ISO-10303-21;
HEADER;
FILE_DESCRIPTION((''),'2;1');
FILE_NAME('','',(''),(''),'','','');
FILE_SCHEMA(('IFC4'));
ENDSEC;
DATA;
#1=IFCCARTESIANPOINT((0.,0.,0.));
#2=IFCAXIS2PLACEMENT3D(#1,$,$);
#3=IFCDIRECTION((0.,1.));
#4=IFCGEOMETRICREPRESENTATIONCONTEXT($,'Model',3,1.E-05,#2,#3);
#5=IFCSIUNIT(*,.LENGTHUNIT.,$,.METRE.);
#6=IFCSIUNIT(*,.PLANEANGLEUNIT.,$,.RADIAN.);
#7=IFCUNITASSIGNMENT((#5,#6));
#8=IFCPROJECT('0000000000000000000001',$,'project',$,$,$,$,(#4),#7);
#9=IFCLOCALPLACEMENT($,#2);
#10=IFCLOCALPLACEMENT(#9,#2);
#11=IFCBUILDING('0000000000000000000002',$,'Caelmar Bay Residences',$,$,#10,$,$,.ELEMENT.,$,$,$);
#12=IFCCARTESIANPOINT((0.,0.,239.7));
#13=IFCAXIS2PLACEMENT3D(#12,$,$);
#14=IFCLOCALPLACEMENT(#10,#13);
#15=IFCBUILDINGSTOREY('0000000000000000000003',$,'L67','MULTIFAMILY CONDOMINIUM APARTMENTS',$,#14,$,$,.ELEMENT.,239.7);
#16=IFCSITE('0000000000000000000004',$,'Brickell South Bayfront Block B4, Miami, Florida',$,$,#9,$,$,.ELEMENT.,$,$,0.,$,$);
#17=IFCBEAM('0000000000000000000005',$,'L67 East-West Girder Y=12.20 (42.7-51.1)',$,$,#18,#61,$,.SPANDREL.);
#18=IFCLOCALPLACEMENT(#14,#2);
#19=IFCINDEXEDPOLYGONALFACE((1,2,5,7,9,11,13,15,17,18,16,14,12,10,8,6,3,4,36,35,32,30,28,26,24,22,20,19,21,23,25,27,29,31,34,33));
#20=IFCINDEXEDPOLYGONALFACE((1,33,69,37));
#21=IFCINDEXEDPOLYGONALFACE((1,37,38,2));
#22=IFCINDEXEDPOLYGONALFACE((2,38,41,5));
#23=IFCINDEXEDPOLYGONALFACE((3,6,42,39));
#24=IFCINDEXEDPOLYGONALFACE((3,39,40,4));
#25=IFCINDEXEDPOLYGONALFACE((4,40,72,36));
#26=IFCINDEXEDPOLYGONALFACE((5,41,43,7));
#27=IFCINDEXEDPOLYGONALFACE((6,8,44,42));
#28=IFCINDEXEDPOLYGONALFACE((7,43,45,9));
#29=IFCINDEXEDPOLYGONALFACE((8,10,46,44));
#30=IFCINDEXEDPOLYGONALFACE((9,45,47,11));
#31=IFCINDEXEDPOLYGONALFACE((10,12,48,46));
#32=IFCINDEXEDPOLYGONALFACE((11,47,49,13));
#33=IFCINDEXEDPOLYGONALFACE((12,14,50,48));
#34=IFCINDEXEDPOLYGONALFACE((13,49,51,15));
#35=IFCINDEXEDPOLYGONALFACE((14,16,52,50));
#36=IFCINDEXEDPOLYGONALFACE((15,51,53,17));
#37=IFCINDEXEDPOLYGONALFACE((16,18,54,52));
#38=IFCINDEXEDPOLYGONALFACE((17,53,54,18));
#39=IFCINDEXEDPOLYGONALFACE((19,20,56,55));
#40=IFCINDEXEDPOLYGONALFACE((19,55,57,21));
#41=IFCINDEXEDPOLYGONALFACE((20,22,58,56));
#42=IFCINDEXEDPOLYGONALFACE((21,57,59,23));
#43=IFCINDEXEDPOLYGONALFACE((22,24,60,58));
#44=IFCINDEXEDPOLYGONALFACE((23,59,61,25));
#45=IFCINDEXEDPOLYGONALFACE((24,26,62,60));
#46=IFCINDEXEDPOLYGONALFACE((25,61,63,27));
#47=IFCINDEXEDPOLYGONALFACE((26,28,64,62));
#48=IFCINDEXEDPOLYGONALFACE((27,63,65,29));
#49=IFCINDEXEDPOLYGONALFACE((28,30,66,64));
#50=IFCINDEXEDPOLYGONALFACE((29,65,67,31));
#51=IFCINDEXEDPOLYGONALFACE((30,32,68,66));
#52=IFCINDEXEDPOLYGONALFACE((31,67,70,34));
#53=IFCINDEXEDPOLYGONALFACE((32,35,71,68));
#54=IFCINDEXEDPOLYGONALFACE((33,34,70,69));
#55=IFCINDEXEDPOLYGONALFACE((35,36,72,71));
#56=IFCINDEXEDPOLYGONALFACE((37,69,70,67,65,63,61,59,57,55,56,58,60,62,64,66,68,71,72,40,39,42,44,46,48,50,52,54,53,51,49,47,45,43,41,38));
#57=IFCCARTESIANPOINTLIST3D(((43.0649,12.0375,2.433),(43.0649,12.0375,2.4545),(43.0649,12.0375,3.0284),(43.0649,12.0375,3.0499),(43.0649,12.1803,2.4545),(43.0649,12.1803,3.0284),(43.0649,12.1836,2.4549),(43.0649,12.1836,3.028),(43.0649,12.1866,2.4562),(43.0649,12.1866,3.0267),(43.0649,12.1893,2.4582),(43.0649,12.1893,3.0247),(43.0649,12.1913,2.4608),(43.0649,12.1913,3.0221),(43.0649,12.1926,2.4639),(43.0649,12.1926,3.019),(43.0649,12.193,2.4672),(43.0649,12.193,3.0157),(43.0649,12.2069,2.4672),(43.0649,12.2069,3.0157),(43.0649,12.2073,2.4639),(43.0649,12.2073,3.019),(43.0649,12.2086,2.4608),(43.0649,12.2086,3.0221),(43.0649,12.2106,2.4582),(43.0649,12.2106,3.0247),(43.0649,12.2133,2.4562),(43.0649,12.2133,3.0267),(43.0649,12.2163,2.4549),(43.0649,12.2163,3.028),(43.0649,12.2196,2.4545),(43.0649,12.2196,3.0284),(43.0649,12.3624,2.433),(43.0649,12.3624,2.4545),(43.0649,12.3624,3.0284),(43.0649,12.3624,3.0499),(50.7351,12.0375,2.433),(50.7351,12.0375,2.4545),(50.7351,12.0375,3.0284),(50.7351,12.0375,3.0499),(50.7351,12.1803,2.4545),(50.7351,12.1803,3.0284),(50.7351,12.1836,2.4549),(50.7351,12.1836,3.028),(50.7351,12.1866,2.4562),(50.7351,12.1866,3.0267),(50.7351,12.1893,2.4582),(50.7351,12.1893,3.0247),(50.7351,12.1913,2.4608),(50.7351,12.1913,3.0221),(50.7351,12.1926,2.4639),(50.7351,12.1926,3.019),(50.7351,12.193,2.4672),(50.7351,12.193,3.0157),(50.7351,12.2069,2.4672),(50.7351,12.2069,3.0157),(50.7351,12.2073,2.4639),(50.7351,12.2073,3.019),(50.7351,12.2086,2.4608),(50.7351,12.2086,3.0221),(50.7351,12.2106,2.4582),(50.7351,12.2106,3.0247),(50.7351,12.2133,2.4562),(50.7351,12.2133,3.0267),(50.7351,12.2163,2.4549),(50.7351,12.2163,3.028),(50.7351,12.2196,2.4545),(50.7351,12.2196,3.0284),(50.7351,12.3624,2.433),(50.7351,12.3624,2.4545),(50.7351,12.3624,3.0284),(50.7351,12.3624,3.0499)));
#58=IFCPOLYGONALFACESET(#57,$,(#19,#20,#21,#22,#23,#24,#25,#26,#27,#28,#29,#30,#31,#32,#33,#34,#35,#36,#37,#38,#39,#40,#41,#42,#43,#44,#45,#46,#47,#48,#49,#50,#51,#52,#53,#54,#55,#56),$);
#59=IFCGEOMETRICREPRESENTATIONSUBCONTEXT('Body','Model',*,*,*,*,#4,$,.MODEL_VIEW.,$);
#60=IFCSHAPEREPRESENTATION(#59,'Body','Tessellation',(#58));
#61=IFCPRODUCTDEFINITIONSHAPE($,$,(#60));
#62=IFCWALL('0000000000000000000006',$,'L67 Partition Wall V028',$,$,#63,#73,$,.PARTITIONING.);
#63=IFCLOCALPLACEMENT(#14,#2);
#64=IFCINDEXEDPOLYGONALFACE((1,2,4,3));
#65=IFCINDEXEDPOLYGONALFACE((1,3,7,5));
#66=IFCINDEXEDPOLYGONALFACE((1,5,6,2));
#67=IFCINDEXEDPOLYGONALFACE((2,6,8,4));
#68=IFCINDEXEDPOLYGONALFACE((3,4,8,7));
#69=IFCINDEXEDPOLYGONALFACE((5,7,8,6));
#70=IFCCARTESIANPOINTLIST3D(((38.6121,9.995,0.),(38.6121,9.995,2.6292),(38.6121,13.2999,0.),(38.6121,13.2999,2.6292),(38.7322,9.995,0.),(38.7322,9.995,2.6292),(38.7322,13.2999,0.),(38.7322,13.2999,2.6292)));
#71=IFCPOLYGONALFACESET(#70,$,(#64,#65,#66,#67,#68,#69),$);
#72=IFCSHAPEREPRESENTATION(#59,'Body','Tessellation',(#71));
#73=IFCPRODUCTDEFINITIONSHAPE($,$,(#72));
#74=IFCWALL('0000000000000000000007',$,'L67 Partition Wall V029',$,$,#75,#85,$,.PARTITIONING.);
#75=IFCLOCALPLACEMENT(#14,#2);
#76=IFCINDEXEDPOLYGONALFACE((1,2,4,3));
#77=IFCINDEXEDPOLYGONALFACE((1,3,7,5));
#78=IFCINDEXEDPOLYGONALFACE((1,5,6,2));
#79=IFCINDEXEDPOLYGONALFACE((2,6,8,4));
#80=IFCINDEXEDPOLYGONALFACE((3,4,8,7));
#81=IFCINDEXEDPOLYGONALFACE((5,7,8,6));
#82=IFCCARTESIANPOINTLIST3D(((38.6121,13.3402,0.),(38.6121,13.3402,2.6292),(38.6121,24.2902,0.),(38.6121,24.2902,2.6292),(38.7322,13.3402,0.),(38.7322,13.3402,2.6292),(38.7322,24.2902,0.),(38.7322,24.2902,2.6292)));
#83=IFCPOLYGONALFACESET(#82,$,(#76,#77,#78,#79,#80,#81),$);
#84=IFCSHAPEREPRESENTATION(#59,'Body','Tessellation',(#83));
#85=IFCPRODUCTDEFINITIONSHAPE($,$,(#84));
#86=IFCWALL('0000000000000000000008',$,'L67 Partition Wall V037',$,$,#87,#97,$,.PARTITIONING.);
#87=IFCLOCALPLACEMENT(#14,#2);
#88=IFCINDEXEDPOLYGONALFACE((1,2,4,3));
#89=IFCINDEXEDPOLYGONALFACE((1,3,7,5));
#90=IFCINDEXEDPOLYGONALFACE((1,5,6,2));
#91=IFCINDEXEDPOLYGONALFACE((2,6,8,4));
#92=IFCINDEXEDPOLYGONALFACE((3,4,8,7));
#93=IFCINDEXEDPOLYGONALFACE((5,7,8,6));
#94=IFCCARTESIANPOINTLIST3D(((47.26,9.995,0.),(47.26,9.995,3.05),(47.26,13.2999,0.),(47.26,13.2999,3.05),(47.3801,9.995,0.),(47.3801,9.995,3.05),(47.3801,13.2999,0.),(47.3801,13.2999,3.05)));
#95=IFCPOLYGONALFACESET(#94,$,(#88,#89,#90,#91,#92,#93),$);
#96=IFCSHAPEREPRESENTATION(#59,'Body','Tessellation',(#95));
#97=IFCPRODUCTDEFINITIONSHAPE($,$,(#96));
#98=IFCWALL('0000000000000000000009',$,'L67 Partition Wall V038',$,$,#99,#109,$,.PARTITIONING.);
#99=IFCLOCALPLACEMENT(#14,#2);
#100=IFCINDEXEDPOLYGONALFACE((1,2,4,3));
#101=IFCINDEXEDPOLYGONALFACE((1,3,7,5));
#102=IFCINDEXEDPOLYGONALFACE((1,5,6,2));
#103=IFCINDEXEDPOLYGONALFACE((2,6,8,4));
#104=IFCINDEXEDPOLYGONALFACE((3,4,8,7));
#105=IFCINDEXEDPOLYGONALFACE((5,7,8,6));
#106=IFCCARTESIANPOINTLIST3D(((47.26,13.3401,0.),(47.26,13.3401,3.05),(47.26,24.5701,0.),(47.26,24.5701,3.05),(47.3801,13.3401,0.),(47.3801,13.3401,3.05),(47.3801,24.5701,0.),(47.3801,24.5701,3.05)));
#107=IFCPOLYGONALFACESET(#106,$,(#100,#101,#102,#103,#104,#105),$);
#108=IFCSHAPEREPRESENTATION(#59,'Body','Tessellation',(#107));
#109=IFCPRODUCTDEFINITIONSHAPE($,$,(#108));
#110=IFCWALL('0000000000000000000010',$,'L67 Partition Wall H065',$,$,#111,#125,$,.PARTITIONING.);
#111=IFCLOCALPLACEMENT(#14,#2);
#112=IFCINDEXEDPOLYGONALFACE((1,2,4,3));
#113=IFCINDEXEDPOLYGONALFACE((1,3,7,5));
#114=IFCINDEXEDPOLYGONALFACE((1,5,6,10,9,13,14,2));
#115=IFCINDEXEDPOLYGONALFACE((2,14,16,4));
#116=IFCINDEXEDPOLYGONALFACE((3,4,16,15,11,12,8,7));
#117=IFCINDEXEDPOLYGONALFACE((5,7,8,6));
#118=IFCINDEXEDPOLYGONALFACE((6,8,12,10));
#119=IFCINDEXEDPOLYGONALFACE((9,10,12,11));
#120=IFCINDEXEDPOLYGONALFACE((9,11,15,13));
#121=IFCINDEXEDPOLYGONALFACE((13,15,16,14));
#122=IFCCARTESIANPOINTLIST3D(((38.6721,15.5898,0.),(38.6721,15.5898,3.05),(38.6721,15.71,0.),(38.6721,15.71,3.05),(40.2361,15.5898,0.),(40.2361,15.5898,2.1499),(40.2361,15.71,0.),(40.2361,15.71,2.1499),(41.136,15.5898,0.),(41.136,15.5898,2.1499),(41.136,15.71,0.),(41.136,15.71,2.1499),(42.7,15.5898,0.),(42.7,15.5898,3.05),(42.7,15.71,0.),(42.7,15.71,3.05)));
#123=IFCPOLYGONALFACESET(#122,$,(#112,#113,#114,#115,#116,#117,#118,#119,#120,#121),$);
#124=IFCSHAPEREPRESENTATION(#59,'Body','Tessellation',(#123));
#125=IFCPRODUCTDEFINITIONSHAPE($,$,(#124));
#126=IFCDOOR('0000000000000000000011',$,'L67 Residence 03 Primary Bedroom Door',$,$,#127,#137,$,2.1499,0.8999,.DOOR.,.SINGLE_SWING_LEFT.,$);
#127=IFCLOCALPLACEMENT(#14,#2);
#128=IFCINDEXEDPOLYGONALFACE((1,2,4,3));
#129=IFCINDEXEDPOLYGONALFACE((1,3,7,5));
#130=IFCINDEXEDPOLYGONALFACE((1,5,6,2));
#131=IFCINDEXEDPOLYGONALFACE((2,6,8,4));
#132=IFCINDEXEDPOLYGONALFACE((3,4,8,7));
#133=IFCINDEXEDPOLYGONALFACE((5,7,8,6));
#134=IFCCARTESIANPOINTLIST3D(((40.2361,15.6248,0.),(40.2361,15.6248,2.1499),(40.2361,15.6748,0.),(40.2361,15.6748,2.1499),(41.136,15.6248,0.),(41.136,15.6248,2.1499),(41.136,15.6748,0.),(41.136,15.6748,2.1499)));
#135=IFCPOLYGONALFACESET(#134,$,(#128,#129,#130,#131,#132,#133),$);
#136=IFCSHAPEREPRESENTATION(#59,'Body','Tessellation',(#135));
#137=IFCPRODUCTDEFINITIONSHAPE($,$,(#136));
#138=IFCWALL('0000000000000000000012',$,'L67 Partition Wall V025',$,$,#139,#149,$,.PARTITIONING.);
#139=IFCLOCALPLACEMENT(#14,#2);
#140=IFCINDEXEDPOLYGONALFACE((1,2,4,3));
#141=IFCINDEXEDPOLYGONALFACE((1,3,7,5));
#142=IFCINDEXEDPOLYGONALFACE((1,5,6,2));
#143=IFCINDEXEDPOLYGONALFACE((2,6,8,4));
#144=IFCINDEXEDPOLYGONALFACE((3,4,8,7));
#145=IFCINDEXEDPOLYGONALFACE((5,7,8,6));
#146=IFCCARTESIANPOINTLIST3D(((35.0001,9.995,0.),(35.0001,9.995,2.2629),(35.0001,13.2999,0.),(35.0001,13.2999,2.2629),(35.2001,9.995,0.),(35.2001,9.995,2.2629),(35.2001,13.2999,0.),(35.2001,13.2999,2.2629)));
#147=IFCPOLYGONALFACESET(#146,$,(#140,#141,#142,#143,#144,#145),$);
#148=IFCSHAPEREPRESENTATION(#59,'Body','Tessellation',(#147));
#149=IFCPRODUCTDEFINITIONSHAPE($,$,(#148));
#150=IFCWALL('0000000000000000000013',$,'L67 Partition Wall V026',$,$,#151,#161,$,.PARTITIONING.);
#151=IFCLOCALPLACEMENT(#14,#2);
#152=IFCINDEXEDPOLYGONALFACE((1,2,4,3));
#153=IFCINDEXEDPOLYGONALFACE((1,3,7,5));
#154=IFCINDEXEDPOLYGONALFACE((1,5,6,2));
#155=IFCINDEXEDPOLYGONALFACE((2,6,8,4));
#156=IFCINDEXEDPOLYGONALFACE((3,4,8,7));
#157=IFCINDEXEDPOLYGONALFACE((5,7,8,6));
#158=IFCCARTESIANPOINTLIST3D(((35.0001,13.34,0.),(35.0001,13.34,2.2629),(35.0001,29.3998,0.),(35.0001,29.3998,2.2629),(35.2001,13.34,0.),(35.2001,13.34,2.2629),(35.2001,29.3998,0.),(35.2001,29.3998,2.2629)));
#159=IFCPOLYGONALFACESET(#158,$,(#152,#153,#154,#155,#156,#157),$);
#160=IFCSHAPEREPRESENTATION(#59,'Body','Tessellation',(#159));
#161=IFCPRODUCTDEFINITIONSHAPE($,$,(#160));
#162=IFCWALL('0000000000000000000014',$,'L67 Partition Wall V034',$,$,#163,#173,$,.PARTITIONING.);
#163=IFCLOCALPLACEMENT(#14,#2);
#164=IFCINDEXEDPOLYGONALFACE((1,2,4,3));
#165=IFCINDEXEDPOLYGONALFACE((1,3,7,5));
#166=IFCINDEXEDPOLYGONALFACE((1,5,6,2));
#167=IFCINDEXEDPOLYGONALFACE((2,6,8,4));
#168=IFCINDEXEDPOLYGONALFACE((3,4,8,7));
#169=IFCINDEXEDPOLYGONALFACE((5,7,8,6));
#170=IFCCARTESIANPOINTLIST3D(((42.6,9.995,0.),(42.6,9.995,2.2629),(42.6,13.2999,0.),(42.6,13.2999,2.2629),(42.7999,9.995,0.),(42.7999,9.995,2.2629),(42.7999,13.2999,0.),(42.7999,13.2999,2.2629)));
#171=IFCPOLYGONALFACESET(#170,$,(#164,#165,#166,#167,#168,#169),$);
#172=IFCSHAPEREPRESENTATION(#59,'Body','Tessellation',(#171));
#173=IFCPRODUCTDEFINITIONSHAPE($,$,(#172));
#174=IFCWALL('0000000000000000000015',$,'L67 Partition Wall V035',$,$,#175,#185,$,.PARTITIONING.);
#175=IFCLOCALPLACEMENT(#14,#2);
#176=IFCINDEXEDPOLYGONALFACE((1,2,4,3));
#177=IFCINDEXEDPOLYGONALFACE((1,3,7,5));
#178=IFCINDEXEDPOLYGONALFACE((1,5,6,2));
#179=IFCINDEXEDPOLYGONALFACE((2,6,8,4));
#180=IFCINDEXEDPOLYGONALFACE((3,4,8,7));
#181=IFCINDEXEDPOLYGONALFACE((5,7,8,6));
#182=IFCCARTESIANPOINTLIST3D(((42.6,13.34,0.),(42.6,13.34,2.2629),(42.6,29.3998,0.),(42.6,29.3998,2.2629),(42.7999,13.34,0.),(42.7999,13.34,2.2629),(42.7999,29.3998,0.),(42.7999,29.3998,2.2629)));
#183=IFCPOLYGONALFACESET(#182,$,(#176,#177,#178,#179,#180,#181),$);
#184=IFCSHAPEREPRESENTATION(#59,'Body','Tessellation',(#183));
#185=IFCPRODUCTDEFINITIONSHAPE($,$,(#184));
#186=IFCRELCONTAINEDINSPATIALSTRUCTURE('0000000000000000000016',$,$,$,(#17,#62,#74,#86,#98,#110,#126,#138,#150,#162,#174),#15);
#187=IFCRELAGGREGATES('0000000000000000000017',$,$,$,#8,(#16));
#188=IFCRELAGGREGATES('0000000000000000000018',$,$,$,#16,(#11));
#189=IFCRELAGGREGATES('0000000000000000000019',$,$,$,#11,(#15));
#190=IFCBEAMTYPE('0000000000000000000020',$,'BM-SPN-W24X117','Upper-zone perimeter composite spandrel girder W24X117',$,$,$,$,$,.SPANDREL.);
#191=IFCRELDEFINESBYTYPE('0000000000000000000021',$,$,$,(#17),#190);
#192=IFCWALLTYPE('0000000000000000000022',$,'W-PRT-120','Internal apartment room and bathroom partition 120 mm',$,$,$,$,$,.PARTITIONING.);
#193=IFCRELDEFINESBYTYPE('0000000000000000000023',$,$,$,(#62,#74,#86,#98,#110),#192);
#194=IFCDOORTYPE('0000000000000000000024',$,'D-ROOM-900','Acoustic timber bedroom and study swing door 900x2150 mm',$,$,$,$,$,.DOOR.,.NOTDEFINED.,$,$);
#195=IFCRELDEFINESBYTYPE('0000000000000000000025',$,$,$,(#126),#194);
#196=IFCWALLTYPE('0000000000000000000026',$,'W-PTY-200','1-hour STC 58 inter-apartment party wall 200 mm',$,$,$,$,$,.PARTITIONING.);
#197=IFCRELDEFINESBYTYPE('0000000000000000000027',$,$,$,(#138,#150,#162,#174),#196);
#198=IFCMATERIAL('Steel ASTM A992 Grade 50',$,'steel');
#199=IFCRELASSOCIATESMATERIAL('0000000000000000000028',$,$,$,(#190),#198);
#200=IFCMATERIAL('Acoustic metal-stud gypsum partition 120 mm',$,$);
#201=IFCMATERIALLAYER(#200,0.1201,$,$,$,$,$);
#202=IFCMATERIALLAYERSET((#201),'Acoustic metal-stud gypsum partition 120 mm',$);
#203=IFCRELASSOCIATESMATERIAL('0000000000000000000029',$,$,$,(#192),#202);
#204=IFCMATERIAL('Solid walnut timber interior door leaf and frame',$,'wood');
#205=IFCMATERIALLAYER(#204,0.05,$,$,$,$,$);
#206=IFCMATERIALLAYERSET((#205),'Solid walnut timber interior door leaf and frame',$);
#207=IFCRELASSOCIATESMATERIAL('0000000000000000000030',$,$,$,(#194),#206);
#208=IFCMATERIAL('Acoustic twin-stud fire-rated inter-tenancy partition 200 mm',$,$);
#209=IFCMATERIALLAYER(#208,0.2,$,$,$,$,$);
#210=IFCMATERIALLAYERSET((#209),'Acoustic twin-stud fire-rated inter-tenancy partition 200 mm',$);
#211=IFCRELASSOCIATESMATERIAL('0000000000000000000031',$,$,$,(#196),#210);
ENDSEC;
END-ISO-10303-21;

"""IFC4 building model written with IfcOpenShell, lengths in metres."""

from ifc_helpers import new_model, si_unit, direction, frame, frame_2d, origin, origin_2d, place, context, subcontext, project, spatial, rectangle, i_section, extrude, material, layer, layer_set, material_profile, profile_set, type_object, element, fill, save


model = new_model("IFC4")

# Units and contexts
model_context = context("Model", 3, precision=1e-05, world=origin(), true_north=direction((0.0, 1.0)))
body_context = subcontext(model_context, "Body", "Model", "MODEL_VIEW")
ifc_project = project(units=[si_unit("LENGTHUNIT", "METRE"), si_unit("PLANEANGLEUNIT", "RADIAN")], contexts=[model_context])

# Site, building, storey
site_placement = place(None, origin())
site = spatial("IfcSite", under=ifc_project, at=site_placement, Name="Brickell South Bayfront Block B4, Miami, Florida", CompositionType="ELEMENT", RefElevation=0.0)
building_placement = place(site_placement, origin())
building = spatial("IfcBuilding", under=site, at=building_placement, Name="Caelmar Bay Residences", CompositionType="ELEMENT")
storey_placement = place(building_placement, frame((0.0, 0.0, 239.7)))
storey = spatial("IfcBuildingStorey", under=building, at=storey_placement, Name="L67", Description="MULTIFAMILY CONDOMINIUM APARTMENTS", CompositionType="ELEMENT", Elevation=239.7)

# Beam
ifc_material_1 = material(Name="Steel ASTM A992 Grade 50", Category="steel")
ifc_material_profile_1 = material_profile(ifc_material_1, i_section(OverallWidth=0.325, OverallDepth=0.6169, WebThickness=0.0139, FlangeThickness=0.0215, FilletRadius=0.0127, at=origin_2d()), Name="W24X117")
ifc_profile_set_1 = profile_set([ifc_material_profile_1], Name="Steel ASTM A992 Grade 50")
beam_type_1 = type_object("IfcBeamType", Name="BM-SPN-W24X117", Description="Upper-zone perimeter composite spandrel girder W24X117", PredefinedType="SPANDREL", material=ifc_profile_set_1)
beam_1_placement = place(storey_placement, frame((43.0649, 12.2, 2.7415), z_axis=(1.0, 0.0, 0.0), x_axis=(0.0, 1.0, 0.0)))
element("IfcBeam", 1, at=beam_1_placement, inside=storey, type_object=beam_type_1, Name="L67 East-West Girder Y=12.20 (42.7-51.1)", PredefinedType="SPANDREL", context=body_context, shape_type="SweptSolid", body=[
    extrude(i_section(OverallWidth=0.325, OverallDepth=0.6169, WebThickness=0.0139, FlangeThickness=0.0215, FilletRadius=0.0127, at=origin_2d()), origin(), (0.0, 0.0, 1.0), 7.6702),
])

# Walls
ifc_material_2 = material(Name="Acoustic metal-stud gypsum partition 120 mm")
ifc_layer_1 = layer(ifc_material_2, 0.1201)
ifc_layer_set_1 = layer_set([ifc_layer_1], Name="Acoustic metal-stud gypsum partition 120 mm")
wall_type_1 = type_object("IfcWallType", Name="W-PRT-120", Description="Internal apartment room and bathroom partition 120 mm", PredefinedType="PARTITIONING", material=ifc_layer_set_1)
wall_1_placement = place(storey_placement, frame((38.6721, 9.9951, 0.0), z_axis=(0.0, 0.0, 1.0), x_axis=(0.0, 1.0, 0.0)))
element("IfcWall", 2, at=wall_1_placement, inside=storey, type_object=wall_type_1, Name="L67 Partition Wall V028", PredefinedType="PARTITIONING", context=body_context, shape_type="SweptSolid", body=[
    extrude(rectangle(XDim=3.3049, YDim=0.1201, at=frame_2d((1.6523, 0.0))), origin(), (0.0, 0.0, 1.0), 2.6292),
])
wall_2_placement = place(storey_placement, frame((38.6721, 13.3401, 0.0), z_axis=(0.0, 0.0, 1.0), x_axis=(0.0, 1.0, 0.0)))
element("IfcWall", 3, at=wall_2_placement, inside=storey, type_object=wall_type_1, Name="L67 Partition Wall V029", PredefinedType="PARTITIONING", context=body_context, shape_type="SweptSolid", body=[
    extrude(rectangle(XDim=10.95, YDim=0.1201, at=frame_2d((5.4751, 0.0))), origin(), (0.0, 0.0, 1.0), 2.6292),
])
wall_3_placement = place(storey_placement, frame((47.3201, 9.9951, 0.0), z_axis=(0.0, 0.0, 1.0), x_axis=(0.0, 1.0, 0.0)))
element("IfcWall", 4, at=wall_3_placement, inside=storey, type_object=wall_type_1, Name="L67 Partition Wall V037", PredefinedType="PARTITIONING", context=body_context, shape_type="SweptSolid", body=[
    extrude(rectangle(XDim=3.3049, YDim=0.1201, at=frame_2d((1.6523, 0.0))), origin(), (0.0, 0.0, 1.0), 3.05),
])
wall_4_placement = place(storey_placement, frame((47.3201, 13.3401, 0.0), z_axis=(0.0, 0.0, 1.0), x_axis=(0.0, 1.0, 0.0)))
element("IfcWall", 5, at=wall_4_placement, inside=storey, type_object=wall_type_1, Name="L67 Partition Wall V038", PredefinedType="PARTITIONING", context=body_context, shape_type="SweptSolid", body=[
    extrude(rectangle(XDim=11.23, YDim=0.1201, at=frame_2d((5.615, 0.0))), origin(), (0.0, 0.0, 1.0), 3.05),
])

# Wall, opening, door
wall_5_placement = place(storey_placement, frame((38.6721, 15.6499, 0.0), z_axis=(0.0, 0.0, 1.0), x_axis=(1.0, 0.0, 0.0)))
wall_5 = element("IfcWall", 6, at=wall_5_placement, inside=storey, type_object=wall_type_1, Name="L67 Partition Wall H065", PredefinedType="PARTITIONING", context=body_context, shape_type="SweptSolid", body=[
    extrude(rectangle(XDim=4.0278, YDim=0.1201, at=frame_2d((2.0139, 0.0))), origin(), (0.0, 0.0, 1.0), 3.05),
])
opening_placement = place(wall_5_placement, frame((1.564, 0.0, 0.0)))
opening = element("IfcOpeningElement", 7, at=opening_placement, cuts=wall_5, PredefinedType="OPENING", context=body_context, shape_type="SweptSolid", body=[
    extrude(rectangle(XDim=0.8999, YDim=2.1499, at=frame_2d((0.45, 1.075))), frame((0.0, 0.0701, 0.0), z_axis=(0.0, -1.0, 0.0), x_axis=(1.0, 0.0, 0.0)), (0.0, 0.0, 1.0), 0.1401),
])
ifc_material_3 = material(Name="Solid walnut timber interior door leaf and frame", Category="wood")
ifc_layer_2 = layer(ifc_material_3, 0.05)
ifc_layer_set_2 = layer_set([ifc_layer_2], Name="Solid walnut timber interior door leaf and frame")
door_type = type_object("IfcDoorType", Name="D-ROOM-900", Description="Acoustic timber bedroom and study swing door 900x2150 mm", OperationType="NOTDEFINED", PredefinedType="DOOR", material=ifc_layer_set_2)
door_placement = place(opening_placement, origin())
door = element("IfcDoor", 8, at=door_placement, inside=storey, type_object=door_type, Name="L67 Residence 03 Primary Bedroom Door", OperationType="SINGLE_SWING_LEFT", OverallHeight=2.1499, OverallWidth=0.8999, PredefinedType="DOOR", context=body_context, shape_type="SweptSolid", body=[
    extrude(rectangle(XDim=0.8999, YDim=2.1499, at=frame_2d((0.45, 1.075))), frame((0.0, 0.0249, 0.0), z_axis=(0.0, -1.0, 0.0), x_axis=(1.0, 0.0, 0.0)), (0.0, 0.0, 1.0), 0.05),
])
fill(opening, door)

# Walls
ifc_material_4 = material(Name="Acoustic twin-stud fire-rated inter-tenancy partition 200 mm")
ifc_layer_3 = layer(ifc_material_4, 0.2)
ifc_layer_set_3 = layer_set([ifc_layer_3], Name="Acoustic twin-stud fire-rated inter-tenancy partition 200 mm")
wall_type_2 = type_object("IfcWallType", Name="W-PTY-200", Description="1-hour STC 58 inter-apartment party wall 200 mm", PredefinedType="PARTITIONING", material=ifc_layer_set_3)
wall_6_placement = place(storey_placement, frame((35.1001, 9.9951, 0.0), z_axis=(0.0, 0.0, 1.0), x_axis=(0.0, 1.0, 0.0)))
element("IfcWall", 9, at=wall_6_placement, inside=storey, type_object=wall_type_2, Name="L67 Partition Wall V025", PredefinedType="PARTITIONING", context=body_context, shape_type="SweptSolid", body=[
    extrude(rectangle(XDim=3.3049, YDim=0.2, at=frame_2d((1.6523, 0.0))), origin(), (0.0, 0.0, 1.0), 2.2629),
])
wall_7_placement = place(storey_placement, frame((35.1001, 13.3401, 0.0), z_axis=(0.0, 0.0, 1.0), x_axis=(0.0, 1.0, 0.0)))
element("IfcWall", 10, at=wall_7_placement, inside=storey, type_object=wall_type_2, Name="L67 Partition Wall V026", PredefinedType="PARTITIONING", context=body_context, shape_type="SweptSolid", body=[
    extrude(rectangle(XDim=16.0598, YDim=0.2, at=frame_2d((8.0298, 0.0))), origin(), (0.0, 0.0, 1.0), 2.2629),
])
wall_8_placement = place(storey_placement, frame((42.7, 9.9951, 0.0), z_axis=(0.0, 0.0, 1.0), x_axis=(0.0, 1.0, 0.0)))
element("IfcWall", 11, at=wall_8_placement, inside=storey, type_object=wall_type_2, Name="L67 Partition Wall V034", PredefinedType="PARTITIONING", context=body_context, shape_type="SweptSolid", body=[
    extrude(rectangle(XDim=3.3049, YDim=0.2, at=frame_2d((1.6523, 0.0))), origin(), (0.0, 0.0, 1.0), 2.2629),
])
wall_9_placement = place(storey_placement, frame((42.7, 13.3401, 0.0), z_axis=(0.0, 0.0, 1.0), x_axis=(0.0, 1.0, 0.0)))
element("IfcWall", 12, at=wall_9_placement, inside=storey, type_object=wall_type_2, Name="L67 Partition Wall V035", PredefinedType="PARTITIONING", context=body_context, shape_type="SweptSolid", body=[
    extrude(rectangle(XDim=16.0598, YDim=0.2, at=frame_2d((8.0298, 0.0))), origin(), (0.0, 0.0, 1.0), 2.2629),
])

save(model, "model.ifc")
